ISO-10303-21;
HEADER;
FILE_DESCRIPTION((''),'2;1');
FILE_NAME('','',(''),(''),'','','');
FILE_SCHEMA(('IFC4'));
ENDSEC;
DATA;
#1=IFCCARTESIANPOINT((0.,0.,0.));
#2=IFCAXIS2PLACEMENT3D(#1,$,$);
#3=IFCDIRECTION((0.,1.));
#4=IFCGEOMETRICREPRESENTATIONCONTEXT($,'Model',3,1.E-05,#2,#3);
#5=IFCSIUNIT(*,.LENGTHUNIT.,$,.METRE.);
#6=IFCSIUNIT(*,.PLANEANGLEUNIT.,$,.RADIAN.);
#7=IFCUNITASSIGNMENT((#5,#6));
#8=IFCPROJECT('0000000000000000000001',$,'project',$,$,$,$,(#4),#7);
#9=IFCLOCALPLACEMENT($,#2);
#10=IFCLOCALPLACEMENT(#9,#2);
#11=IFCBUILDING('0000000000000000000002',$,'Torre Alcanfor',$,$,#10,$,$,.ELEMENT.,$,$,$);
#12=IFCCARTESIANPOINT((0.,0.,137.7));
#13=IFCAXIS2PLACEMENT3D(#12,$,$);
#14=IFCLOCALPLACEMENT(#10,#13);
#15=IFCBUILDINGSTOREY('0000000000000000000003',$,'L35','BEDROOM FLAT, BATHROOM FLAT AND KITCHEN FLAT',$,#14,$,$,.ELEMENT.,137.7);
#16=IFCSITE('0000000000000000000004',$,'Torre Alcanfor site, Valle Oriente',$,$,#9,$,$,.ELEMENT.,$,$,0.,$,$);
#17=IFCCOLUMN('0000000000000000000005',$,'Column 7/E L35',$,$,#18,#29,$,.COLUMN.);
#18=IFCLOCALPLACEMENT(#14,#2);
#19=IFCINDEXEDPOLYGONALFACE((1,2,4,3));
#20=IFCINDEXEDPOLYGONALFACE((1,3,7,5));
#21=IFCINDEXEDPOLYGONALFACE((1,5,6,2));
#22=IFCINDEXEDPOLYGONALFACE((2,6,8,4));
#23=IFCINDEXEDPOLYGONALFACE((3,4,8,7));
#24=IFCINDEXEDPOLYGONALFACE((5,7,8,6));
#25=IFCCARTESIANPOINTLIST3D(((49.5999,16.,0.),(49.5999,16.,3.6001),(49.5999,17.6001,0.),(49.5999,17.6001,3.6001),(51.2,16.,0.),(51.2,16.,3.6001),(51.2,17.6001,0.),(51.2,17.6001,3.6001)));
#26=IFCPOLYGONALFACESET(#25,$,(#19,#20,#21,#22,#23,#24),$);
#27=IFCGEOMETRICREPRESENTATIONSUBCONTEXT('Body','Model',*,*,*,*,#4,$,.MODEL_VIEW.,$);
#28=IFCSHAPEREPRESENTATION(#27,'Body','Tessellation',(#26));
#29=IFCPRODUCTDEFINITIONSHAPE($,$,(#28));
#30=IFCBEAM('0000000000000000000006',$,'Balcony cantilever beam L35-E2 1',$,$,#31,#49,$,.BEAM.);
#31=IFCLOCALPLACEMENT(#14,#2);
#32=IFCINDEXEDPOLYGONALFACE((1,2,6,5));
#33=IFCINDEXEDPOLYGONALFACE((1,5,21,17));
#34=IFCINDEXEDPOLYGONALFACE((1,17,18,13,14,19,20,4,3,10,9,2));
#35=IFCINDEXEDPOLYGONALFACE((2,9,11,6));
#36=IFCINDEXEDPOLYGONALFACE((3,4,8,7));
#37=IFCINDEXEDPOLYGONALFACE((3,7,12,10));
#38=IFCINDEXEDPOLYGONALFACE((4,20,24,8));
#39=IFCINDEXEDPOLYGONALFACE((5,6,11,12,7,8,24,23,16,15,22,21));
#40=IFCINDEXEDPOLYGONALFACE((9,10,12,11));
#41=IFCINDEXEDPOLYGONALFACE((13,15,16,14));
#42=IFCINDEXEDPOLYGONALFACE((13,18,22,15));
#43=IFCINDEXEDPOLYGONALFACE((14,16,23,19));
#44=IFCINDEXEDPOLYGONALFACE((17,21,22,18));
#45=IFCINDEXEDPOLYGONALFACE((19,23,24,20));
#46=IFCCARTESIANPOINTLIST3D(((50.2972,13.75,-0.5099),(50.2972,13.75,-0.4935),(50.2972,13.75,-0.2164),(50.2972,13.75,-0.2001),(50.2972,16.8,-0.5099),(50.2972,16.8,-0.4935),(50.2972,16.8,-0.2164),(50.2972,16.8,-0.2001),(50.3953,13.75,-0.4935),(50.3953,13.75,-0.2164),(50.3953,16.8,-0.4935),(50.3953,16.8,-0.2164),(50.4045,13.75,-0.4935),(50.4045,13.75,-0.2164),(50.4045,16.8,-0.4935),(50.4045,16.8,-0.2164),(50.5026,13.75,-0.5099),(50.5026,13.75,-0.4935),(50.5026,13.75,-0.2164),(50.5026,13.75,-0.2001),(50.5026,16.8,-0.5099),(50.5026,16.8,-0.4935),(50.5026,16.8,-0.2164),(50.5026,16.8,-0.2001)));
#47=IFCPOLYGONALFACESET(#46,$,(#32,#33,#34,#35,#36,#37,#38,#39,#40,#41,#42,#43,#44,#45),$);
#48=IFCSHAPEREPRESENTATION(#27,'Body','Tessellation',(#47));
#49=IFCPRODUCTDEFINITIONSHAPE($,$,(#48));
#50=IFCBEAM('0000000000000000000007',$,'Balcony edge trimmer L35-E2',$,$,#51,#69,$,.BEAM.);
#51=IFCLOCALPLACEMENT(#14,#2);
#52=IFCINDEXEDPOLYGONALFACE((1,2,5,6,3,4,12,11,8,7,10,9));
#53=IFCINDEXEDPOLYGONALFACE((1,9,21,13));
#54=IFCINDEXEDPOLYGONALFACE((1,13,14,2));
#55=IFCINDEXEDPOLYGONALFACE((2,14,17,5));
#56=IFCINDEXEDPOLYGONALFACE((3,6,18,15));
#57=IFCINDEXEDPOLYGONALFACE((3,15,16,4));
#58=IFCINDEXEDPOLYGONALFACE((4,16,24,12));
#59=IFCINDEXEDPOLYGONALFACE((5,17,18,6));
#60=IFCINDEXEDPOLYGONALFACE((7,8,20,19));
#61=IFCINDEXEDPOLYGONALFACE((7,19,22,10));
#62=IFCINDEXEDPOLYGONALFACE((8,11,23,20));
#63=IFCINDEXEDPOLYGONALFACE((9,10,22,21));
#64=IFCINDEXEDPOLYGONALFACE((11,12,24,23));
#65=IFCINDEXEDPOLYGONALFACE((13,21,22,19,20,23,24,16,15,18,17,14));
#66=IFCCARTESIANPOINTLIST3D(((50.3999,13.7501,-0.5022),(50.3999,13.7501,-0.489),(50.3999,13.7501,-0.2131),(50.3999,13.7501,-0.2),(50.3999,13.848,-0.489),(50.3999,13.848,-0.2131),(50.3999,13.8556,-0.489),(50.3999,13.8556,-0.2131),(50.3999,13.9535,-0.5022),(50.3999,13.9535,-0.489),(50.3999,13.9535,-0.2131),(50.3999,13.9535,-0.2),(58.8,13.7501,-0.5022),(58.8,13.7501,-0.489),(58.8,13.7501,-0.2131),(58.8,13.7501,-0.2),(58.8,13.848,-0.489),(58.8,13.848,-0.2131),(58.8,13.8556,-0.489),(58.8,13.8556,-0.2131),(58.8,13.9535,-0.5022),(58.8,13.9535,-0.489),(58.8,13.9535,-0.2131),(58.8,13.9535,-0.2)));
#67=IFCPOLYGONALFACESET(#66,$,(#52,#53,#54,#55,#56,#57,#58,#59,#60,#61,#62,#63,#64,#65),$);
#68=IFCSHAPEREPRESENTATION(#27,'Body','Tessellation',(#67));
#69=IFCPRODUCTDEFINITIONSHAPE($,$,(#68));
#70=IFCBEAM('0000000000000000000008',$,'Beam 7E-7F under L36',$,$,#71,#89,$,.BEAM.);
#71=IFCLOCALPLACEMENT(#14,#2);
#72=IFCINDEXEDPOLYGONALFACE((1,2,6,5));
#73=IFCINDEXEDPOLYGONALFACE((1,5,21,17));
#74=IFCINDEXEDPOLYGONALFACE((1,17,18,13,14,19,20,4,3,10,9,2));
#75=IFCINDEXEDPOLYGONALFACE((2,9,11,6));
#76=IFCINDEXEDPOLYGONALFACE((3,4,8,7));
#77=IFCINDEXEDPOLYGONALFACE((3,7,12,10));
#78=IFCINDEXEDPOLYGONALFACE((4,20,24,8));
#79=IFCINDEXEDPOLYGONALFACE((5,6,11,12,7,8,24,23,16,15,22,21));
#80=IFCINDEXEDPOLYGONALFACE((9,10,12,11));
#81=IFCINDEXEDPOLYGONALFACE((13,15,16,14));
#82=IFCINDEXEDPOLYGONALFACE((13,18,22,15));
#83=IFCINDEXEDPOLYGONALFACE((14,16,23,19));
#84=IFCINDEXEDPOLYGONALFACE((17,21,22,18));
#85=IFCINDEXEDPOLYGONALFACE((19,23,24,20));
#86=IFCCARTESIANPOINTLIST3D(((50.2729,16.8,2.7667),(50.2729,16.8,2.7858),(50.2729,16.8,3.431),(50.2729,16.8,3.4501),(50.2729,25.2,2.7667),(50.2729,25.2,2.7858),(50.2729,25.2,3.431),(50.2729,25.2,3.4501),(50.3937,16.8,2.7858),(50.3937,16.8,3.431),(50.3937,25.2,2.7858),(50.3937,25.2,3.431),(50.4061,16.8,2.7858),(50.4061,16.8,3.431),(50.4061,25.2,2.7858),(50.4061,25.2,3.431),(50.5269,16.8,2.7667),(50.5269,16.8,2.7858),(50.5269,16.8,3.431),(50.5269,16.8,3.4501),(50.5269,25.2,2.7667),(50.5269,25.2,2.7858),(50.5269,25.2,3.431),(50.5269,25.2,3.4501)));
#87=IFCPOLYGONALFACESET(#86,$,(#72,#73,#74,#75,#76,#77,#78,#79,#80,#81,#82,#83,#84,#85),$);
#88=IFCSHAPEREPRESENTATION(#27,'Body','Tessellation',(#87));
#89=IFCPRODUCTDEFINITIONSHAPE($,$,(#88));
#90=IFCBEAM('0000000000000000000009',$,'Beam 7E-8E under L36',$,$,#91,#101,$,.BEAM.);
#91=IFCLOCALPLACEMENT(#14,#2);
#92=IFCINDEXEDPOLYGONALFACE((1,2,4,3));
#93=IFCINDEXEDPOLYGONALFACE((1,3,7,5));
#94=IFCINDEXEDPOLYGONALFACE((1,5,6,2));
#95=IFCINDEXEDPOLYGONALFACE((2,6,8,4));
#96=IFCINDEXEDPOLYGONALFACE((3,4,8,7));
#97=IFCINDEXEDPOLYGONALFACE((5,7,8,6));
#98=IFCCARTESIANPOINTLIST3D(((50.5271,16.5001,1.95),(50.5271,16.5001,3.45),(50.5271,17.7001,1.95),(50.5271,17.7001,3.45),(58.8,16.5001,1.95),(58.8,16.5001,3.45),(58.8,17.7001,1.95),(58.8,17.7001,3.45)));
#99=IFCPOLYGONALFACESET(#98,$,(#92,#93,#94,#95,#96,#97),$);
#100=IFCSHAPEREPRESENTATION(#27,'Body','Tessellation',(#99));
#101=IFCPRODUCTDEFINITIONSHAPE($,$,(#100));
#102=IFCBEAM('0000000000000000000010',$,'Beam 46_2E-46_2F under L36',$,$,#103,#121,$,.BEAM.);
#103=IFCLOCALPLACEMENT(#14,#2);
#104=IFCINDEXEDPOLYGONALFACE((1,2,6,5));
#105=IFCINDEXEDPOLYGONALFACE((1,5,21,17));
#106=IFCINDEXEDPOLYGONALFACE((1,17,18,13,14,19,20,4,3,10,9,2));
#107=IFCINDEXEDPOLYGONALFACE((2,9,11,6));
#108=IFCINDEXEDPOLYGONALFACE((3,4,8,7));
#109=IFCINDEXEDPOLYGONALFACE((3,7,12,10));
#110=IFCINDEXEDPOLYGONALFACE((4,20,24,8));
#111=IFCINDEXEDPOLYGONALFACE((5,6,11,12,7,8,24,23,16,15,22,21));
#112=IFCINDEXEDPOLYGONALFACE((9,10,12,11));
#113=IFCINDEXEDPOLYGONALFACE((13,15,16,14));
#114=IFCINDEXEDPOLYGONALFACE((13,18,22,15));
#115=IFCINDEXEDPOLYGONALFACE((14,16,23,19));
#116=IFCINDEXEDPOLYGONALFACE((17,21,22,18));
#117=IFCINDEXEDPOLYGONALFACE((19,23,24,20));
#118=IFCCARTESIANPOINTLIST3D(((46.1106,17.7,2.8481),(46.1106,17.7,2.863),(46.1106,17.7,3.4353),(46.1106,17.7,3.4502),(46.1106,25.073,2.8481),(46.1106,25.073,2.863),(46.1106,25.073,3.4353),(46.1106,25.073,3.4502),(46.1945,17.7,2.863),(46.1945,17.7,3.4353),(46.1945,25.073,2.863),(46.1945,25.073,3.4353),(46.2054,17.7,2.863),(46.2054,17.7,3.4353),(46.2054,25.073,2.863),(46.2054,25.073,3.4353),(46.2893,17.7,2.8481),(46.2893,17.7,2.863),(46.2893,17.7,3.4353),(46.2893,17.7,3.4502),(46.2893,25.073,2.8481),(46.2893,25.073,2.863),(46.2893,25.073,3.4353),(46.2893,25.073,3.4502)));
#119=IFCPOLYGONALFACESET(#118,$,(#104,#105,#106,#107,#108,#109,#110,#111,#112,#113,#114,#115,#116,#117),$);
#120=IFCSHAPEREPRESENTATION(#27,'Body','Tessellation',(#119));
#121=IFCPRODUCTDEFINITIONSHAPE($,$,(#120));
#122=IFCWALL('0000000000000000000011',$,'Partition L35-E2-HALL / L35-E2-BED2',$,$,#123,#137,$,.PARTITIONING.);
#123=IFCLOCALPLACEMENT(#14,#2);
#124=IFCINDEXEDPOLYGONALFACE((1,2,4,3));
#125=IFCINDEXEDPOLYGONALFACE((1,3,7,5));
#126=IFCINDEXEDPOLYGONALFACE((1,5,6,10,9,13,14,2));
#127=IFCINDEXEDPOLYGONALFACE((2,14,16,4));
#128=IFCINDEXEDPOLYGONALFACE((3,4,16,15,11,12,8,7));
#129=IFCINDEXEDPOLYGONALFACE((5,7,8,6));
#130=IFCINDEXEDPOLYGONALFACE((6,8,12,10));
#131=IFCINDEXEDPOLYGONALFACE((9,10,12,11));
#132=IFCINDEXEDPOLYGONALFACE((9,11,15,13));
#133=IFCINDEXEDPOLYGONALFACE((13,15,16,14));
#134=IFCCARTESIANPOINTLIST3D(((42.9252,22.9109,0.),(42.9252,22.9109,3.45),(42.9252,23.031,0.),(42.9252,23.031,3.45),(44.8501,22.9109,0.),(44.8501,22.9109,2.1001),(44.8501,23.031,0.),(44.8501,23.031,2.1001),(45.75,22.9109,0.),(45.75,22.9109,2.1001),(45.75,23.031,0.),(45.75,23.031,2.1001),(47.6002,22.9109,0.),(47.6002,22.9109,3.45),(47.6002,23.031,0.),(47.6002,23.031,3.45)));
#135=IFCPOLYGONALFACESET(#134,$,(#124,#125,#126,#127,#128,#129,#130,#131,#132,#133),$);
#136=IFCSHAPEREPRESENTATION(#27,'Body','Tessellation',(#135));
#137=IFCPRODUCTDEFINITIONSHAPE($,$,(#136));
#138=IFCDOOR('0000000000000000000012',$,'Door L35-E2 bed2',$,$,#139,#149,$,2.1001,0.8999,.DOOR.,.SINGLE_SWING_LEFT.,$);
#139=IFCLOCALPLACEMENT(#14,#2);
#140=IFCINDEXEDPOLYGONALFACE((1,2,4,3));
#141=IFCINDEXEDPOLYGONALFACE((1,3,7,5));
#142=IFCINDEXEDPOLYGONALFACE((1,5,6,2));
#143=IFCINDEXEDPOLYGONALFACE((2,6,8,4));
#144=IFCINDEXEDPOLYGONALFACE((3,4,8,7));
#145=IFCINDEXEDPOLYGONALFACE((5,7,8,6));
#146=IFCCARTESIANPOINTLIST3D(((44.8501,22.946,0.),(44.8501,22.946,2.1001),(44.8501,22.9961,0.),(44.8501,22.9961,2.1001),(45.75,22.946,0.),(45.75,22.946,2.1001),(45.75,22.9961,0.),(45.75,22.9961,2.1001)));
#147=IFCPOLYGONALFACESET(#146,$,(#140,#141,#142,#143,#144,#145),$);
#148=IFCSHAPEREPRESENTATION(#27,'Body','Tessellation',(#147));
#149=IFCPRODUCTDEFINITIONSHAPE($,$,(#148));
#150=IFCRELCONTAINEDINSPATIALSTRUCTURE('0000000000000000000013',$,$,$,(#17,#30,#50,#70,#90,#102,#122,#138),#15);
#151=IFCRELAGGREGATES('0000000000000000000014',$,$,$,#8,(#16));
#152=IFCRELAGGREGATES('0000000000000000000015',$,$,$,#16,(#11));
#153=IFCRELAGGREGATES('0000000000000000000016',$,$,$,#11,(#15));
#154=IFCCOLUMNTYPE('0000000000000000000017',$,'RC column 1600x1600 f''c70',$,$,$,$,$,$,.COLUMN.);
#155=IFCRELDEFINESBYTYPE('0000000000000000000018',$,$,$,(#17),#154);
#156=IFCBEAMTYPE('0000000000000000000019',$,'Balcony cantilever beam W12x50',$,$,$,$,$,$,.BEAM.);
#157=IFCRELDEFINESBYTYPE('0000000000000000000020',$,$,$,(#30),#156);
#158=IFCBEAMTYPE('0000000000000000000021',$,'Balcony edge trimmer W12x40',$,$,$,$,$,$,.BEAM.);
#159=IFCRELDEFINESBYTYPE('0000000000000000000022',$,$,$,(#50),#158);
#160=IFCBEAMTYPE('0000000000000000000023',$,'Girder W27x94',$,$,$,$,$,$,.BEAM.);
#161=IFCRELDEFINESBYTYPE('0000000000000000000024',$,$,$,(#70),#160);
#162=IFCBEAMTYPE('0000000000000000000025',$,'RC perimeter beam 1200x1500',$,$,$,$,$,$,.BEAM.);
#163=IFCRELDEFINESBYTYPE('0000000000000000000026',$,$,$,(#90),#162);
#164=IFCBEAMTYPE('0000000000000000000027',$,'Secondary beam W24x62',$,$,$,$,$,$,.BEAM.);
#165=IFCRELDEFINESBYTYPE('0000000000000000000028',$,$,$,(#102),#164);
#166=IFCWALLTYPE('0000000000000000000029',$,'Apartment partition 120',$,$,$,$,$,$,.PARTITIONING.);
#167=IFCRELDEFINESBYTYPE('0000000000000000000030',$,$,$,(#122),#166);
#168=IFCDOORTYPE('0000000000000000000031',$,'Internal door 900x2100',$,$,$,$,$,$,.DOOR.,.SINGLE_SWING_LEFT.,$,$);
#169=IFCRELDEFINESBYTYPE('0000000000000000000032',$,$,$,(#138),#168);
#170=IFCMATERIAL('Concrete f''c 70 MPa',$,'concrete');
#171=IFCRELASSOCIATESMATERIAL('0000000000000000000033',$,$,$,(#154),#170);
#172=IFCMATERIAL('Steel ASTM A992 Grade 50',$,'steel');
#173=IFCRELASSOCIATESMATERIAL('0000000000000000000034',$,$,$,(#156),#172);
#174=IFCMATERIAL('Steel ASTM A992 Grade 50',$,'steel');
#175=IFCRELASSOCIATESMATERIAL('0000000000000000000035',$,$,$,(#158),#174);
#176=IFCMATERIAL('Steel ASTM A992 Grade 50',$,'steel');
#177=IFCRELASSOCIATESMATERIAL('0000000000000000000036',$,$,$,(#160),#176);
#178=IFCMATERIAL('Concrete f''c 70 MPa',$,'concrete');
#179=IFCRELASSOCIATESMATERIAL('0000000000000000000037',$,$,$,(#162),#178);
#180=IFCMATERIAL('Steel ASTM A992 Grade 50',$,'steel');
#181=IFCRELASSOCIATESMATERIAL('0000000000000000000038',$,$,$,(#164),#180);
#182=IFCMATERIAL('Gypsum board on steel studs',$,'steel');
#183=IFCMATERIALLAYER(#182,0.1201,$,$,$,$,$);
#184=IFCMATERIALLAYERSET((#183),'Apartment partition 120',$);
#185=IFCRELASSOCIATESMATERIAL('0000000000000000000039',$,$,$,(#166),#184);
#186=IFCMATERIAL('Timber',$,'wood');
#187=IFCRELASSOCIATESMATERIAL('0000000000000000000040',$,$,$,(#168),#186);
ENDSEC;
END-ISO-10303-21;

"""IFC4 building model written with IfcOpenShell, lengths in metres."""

from ifc_helpers import new_model, si_unit, direction, frame, frame_2d, origin, origin_2d, place, context, subcontext, project, spatial, rectangle, i_section, extrude, material, layer, layer_set, material_profile, profile_set, type_object, element, fill, save


model = new_model("IFC4")

# Units and contexts
model_context = context("Model", 3, precision=1e-05, world=origin(), true_north=direction((0.0, 1.0)))
body_context = subcontext(model_context, "Body", "Model", "MODEL_VIEW")
ifc_project = project(units=[si_unit("LENGTHUNIT", "METRE"), si_unit("PLANEANGLEUNIT", "RADIAN")], contexts=[model_context])

# Site, building, storey
site_placement = place(None, origin())
site = spatial("IfcSite", under=ifc_project, at=site_placement, Name="Torre Alcanfor site, Valle Oriente", CompositionType="ELEMENT", RefElevation=0.0)
building_placement = place(site_placement, origin())
building = spatial("IfcBuilding", under=site, at=building_placement, Name="Torre Alcanfor", CompositionType="ELEMENT")
storey_placement = place(building_placement, frame((0.0, 0.0, 137.7)))
storey = spatial("IfcBuildingStorey", under=building, at=storey_placement, Name="L35", Description="BEDROOM FLAT, BATHROOM FLAT AND KITCHEN FLAT", CompositionType="ELEMENT", Elevation=137.7)

# Column
ifc_material_1 = material(Name="Concrete f'c 70 MPa", Category="concrete")
ifc_material_profile_1 = material_profile(ifc_material_1, rectangle(XDim=1.6001, YDim=1.6001, at=origin_2d()), Name="1600x1600")
ifc_profile_set_1 = profile_set([ifc_material_profile_1], Name="Concrete f'c 70 MPa")
column_type = type_object("IfcColumnType", Name="RC column 1600x1600 f'c70", PredefinedType="COLUMN", material=ifc_profile_set_1)
column_placement = place(storey_placement, frame((50.3999, 16.8, 0.0), z_axis=(0.0, 0.0, 1.0), x_axis=(1.0, 0.0, 0.0)))
element("IfcColumn", 1, at=column_placement, inside=storey, type_object=column_type, Name="Column 7/E L35", PredefinedType="COLUMN", context=body_context, shape_type="SweptSolid", body=[
    extrude(rectangle(XDim=1.6001, YDim=1.6001, at=origin_2d()), origin(), (0.0, 0.0, 1.0), 3.6001),
])

# Beams
ifc_material_2 = material(Name="Steel ASTM A992 Grade 50", Category="steel")
ifc_material_profile_2 = material_profile(ifc_material_2, i_section(OverallWidth=0.2053, OverallDepth=0.3098, WebThickness=0.0093, FlangeThickness=0.0164, at=origin_2d()), Name="W12x50")
ifc_profile_set_2 = profile_set([ifc_material_profile_2], Name="Steel ASTM A992 Grade 50")
beam_type_1 = type_object("IfcBeamType", Name="Balcony cantilever beam W12x50", PredefinedType="BEAM", material=ifc_profile_set_2)
beam_1_placement = place(storey_placement, frame((50.3999, 16.8, -0.355), z_axis=(0.0, -1.0, 0.0), x_axis=(1.0, 0.0, 0.0)))
element("IfcBeam", 2, at=beam_1_placement, inside=storey, type_object=beam_type_1, Name="Balcony cantilever beam L35-E2 1", PredefinedType="BEAM", context=body_context, shape_type="SweptSolid", body=[
    extrude(i_section(OverallWidth=0.2053, OverallDepth=0.3098, WebThickness=0.0093, FlangeThickness=0.0164, at=origin_2d()), origin(), (0.0, 0.0, 1.0), 3.05),
])
ifc_material_3 = material(Name="Steel ASTM A992 Grade 50", Category="steel")
ifc_material_profile_3 = material_profile(ifc_material_3, i_section(OverallWidth=0.2034, OverallDepth=0.3022, WebThickness=0.0076, FlangeThickness=0.0132, at=origin_2d()), Name="W12x40")
ifc_profile_set_3 = profile_set([ifc_material_profile_3], Name="Steel ASTM A992 Grade 50")
beam_type_2 = type_object("IfcBeamType", Name="Balcony edge trimmer W12x40", PredefinedType="BEAM", material=ifc_profile_set_3)
beam_2_placement = place(storey_placement, frame((50.3999, 13.8518, -0.3511), z_axis=(1.0, 0.0, 0.0), x_axis=(0.0, 1.0, 0.0)))
element("IfcBeam", 3, at=beam_2_placement, inside=storey, type_object=beam_type_2, Name="Balcony edge trimmer L35-E2", PredefinedType="BEAM", context=body_context, shape_type="SweptSolid", body=[
    extrude(i_section(OverallWidth=0.2034, OverallDepth=0.3022, WebThickness=0.0076, FlangeThickness=0.0132, at=origin_2d()), origin(), (0.0, 0.0, 1.0), 8.4001),
])
ifc_material_4 = material(Name="Steel ASTM A992 Grade 50", Category="steel")
ifc_material_profile_4 = material_profile(ifc_material_4, i_section(OverallWidth=0.2539, OverallDepth=0.6833, WebThickness=0.0125, FlangeThickness=0.019, at=origin_2d()), Name="W27x94")
ifc_profile_set_4 = profile_set([ifc_material_profile_4], Name="Steel ASTM A992 Grade 50")
beam_type_3 = type_object("IfcBeamType", Name="Girder W27x94", PredefinedType="BEAM", material=ifc_profile_set_4)
beam_3_placement = place(storey_placement, frame((50.3999, 16.8, 3.1084), z_axis=(0.0, 1.0, 0.0), x_axis=(-1.0, 0.0, 0.0)))
element("IfcBeam", 4, at=beam_3_placement, inside=storey, type_object=beam_type_3, Name="Beam 7E-7F under L36", PredefinedType="BEAM", context=body_context, shape_type="SweptSolid", body=[
    extrude(i_section(OverallWidth=0.2539, OverallDepth=0.6833, WebThickness=0.0125, FlangeThickness=0.019, at=origin_2d()), origin(), (0.0, 0.0, 1.0), 8.3999),
])
ifc_material_5 = material(Name="Concrete f'c 70 MPa", Category="concrete")
ifc_material_profile_5 = material_profile(ifc_material_5, rectangle(XDim=1.2, YDim=1.5, at=origin_2d()), Name="1200x1500")
ifc_profile_set_5 = profile_set([ifc_material_profile_5], Name="Concrete f'c 70 MPa")
beam_type_4 = type_object("IfcBeamType", Name="RC perimeter beam 1200x1500", PredefinedType="BEAM", material=ifc_profile_set_5)
beam_4_placement = place(storey_placement, frame((50.5271, 17.1001, 2.7), z_axis=(1.0, 0.0, 0.0), x_axis=(0.0, 1.0, 0.0)))
element("IfcBeam", 5, at=beam_4_placement, inside=storey, type_object=beam_type_4, Name="Beam 7E-8E under L36", PredefinedType="BEAM", context=body_context, shape_type="SweptSolid", body=[
    extrude(rectangle(XDim=1.2, YDim=1.5, at=origin_2d()), origin(), (0.0, 0.0, 1.0), 8.2729),
])
ifc_material_6 = material(Name="Steel ASTM A992 Grade 50", Category="steel")
ifc_material_profile_6 = material_profile(ifc_material_6, i_section(OverallWidth=0.1787, OverallDepth=0.6021, WebThickness=0.011, FlangeThickness=0.0149, at=origin_2d()), Name="W24x62")
ifc_profile_set_6 = profile_set([ifc_material_profile_6], Name="Steel ASTM A992 Grade 50")
beam_type_5 = type_object("IfcBeamType", Name="Secondary beam W24x62", PredefinedType="BEAM", material=ifc_profile_set_6)
beam_5_placement = place(storey_placement, frame((46.2, 17.7, 3.1492), z_axis=(0.0, 1.0, 0.0), x_axis=(-1.0, 0.0, 0.0)))
element("IfcBeam", 6, at=beam_5_placement, inside=storey, type_object=beam_type_5, Name="Beam 46_2E-46_2F under L36", PredefinedType="BEAM", context=body_context, shape_type="SweptSolid", body=[
    extrude(i_section(OverallWidth=0.1787, OverallDepth=0.6021, WebThickness=0.011, FlangeThickness=0.0149, at=origin_2d()), origin(), (0.0, 0.0, 1.0), 7.373),
])

# Wall, opening, door
ifc_material_7 = material(Name="Gypsum board on steel studs", Category="steel")
ifc_layer_1 = layer(ifc_material_7, 0.1201)
ifc_layer_set_1 = layer_set([ifc_layer_1], Name="Apartment partition 120")
wall_type_1 = type_object("IfcWallType", Name="Apartment partition 120", PredefinedType="PARTITIONING", material=ifc_layer_set_1)
wall_1_placement = place(storey_placement, frame((47.6001, 22.9709, 0.0), z_axis=(0.0, 0.0, 1.0), x_axis=(-1.0, 0.0, 0.0)))
wall_1 = element("IfcWall", 7, at=wall_1_placement, inside=storey, type_object=wall_type_1, Name="Partition L35-E2-HALL / L35-E2-BED2", PredefinedType="PARTITIONING", context=body_context, shape_type="SweptSolid", body=[
    extrude(rectangle(XDim=4.675, YDim=0.1201, at=frame_2d((2.3374, 0.0))), origin(), (0.0, 0.0, 1.0), 3.45),
])
opening_1_placement = place(wall_1_placement, frame((1.8501, 0.0, 0.0)))
opening_1 = element("IfcOpeningElement", 8, at=opening_1_placement, cuts=wall_1, PredefinedType="OPENING", context=body_context, shape_type="SweptSolid", body=[
    extrude(rectangle(XDim=0.8999, YDim=2.1001, at=frame_2d((0.45, 1.05))), frame((0.0, 0.0701, 0.0), z_axis=(0.0, -1.0, 0.0), x_axis=(1.0, 0.0, 0.0)), (0.0, 0.0, 1.0), 0.1401),
])
ifc_material_8 = material(Name="Timber", Category="wood")
door_type_1 = type_object("IfcDoorType", Name="Internal door 900x2100", OperationType="SINGLE_SWING_LEFT", PredefinedType="DOOR", material=ifc_material_8)
door_1_placement = place(opening_1_placement, origin())
door_1 = element("IfcDoor", 9, at=door_1_placement, inside=storey, type_object=door_type_1, Name="Door L35-E2 bed2", OperationType="SINGLE_SWING_LEFT", OverallHeight=2.1001, OverallWidth=0.8999, PredefinedType="DOOR", context=body_context, shape_type="SweptSolid", body=[
    extrude(rectangle(XDim=0.8999, YDim=2.1001, at=frame_2d((0.45, 1.05))), frame((0.0, 0.0249, 0.0), z_axis=(0.0, -1.0, 0.0), x_axis=(1.0, 0.0, 0.0)), (0.0, 0.0, 1.0), 0.05),
])
fill(opening_1, door_1)

save(model, "model.ifc")
